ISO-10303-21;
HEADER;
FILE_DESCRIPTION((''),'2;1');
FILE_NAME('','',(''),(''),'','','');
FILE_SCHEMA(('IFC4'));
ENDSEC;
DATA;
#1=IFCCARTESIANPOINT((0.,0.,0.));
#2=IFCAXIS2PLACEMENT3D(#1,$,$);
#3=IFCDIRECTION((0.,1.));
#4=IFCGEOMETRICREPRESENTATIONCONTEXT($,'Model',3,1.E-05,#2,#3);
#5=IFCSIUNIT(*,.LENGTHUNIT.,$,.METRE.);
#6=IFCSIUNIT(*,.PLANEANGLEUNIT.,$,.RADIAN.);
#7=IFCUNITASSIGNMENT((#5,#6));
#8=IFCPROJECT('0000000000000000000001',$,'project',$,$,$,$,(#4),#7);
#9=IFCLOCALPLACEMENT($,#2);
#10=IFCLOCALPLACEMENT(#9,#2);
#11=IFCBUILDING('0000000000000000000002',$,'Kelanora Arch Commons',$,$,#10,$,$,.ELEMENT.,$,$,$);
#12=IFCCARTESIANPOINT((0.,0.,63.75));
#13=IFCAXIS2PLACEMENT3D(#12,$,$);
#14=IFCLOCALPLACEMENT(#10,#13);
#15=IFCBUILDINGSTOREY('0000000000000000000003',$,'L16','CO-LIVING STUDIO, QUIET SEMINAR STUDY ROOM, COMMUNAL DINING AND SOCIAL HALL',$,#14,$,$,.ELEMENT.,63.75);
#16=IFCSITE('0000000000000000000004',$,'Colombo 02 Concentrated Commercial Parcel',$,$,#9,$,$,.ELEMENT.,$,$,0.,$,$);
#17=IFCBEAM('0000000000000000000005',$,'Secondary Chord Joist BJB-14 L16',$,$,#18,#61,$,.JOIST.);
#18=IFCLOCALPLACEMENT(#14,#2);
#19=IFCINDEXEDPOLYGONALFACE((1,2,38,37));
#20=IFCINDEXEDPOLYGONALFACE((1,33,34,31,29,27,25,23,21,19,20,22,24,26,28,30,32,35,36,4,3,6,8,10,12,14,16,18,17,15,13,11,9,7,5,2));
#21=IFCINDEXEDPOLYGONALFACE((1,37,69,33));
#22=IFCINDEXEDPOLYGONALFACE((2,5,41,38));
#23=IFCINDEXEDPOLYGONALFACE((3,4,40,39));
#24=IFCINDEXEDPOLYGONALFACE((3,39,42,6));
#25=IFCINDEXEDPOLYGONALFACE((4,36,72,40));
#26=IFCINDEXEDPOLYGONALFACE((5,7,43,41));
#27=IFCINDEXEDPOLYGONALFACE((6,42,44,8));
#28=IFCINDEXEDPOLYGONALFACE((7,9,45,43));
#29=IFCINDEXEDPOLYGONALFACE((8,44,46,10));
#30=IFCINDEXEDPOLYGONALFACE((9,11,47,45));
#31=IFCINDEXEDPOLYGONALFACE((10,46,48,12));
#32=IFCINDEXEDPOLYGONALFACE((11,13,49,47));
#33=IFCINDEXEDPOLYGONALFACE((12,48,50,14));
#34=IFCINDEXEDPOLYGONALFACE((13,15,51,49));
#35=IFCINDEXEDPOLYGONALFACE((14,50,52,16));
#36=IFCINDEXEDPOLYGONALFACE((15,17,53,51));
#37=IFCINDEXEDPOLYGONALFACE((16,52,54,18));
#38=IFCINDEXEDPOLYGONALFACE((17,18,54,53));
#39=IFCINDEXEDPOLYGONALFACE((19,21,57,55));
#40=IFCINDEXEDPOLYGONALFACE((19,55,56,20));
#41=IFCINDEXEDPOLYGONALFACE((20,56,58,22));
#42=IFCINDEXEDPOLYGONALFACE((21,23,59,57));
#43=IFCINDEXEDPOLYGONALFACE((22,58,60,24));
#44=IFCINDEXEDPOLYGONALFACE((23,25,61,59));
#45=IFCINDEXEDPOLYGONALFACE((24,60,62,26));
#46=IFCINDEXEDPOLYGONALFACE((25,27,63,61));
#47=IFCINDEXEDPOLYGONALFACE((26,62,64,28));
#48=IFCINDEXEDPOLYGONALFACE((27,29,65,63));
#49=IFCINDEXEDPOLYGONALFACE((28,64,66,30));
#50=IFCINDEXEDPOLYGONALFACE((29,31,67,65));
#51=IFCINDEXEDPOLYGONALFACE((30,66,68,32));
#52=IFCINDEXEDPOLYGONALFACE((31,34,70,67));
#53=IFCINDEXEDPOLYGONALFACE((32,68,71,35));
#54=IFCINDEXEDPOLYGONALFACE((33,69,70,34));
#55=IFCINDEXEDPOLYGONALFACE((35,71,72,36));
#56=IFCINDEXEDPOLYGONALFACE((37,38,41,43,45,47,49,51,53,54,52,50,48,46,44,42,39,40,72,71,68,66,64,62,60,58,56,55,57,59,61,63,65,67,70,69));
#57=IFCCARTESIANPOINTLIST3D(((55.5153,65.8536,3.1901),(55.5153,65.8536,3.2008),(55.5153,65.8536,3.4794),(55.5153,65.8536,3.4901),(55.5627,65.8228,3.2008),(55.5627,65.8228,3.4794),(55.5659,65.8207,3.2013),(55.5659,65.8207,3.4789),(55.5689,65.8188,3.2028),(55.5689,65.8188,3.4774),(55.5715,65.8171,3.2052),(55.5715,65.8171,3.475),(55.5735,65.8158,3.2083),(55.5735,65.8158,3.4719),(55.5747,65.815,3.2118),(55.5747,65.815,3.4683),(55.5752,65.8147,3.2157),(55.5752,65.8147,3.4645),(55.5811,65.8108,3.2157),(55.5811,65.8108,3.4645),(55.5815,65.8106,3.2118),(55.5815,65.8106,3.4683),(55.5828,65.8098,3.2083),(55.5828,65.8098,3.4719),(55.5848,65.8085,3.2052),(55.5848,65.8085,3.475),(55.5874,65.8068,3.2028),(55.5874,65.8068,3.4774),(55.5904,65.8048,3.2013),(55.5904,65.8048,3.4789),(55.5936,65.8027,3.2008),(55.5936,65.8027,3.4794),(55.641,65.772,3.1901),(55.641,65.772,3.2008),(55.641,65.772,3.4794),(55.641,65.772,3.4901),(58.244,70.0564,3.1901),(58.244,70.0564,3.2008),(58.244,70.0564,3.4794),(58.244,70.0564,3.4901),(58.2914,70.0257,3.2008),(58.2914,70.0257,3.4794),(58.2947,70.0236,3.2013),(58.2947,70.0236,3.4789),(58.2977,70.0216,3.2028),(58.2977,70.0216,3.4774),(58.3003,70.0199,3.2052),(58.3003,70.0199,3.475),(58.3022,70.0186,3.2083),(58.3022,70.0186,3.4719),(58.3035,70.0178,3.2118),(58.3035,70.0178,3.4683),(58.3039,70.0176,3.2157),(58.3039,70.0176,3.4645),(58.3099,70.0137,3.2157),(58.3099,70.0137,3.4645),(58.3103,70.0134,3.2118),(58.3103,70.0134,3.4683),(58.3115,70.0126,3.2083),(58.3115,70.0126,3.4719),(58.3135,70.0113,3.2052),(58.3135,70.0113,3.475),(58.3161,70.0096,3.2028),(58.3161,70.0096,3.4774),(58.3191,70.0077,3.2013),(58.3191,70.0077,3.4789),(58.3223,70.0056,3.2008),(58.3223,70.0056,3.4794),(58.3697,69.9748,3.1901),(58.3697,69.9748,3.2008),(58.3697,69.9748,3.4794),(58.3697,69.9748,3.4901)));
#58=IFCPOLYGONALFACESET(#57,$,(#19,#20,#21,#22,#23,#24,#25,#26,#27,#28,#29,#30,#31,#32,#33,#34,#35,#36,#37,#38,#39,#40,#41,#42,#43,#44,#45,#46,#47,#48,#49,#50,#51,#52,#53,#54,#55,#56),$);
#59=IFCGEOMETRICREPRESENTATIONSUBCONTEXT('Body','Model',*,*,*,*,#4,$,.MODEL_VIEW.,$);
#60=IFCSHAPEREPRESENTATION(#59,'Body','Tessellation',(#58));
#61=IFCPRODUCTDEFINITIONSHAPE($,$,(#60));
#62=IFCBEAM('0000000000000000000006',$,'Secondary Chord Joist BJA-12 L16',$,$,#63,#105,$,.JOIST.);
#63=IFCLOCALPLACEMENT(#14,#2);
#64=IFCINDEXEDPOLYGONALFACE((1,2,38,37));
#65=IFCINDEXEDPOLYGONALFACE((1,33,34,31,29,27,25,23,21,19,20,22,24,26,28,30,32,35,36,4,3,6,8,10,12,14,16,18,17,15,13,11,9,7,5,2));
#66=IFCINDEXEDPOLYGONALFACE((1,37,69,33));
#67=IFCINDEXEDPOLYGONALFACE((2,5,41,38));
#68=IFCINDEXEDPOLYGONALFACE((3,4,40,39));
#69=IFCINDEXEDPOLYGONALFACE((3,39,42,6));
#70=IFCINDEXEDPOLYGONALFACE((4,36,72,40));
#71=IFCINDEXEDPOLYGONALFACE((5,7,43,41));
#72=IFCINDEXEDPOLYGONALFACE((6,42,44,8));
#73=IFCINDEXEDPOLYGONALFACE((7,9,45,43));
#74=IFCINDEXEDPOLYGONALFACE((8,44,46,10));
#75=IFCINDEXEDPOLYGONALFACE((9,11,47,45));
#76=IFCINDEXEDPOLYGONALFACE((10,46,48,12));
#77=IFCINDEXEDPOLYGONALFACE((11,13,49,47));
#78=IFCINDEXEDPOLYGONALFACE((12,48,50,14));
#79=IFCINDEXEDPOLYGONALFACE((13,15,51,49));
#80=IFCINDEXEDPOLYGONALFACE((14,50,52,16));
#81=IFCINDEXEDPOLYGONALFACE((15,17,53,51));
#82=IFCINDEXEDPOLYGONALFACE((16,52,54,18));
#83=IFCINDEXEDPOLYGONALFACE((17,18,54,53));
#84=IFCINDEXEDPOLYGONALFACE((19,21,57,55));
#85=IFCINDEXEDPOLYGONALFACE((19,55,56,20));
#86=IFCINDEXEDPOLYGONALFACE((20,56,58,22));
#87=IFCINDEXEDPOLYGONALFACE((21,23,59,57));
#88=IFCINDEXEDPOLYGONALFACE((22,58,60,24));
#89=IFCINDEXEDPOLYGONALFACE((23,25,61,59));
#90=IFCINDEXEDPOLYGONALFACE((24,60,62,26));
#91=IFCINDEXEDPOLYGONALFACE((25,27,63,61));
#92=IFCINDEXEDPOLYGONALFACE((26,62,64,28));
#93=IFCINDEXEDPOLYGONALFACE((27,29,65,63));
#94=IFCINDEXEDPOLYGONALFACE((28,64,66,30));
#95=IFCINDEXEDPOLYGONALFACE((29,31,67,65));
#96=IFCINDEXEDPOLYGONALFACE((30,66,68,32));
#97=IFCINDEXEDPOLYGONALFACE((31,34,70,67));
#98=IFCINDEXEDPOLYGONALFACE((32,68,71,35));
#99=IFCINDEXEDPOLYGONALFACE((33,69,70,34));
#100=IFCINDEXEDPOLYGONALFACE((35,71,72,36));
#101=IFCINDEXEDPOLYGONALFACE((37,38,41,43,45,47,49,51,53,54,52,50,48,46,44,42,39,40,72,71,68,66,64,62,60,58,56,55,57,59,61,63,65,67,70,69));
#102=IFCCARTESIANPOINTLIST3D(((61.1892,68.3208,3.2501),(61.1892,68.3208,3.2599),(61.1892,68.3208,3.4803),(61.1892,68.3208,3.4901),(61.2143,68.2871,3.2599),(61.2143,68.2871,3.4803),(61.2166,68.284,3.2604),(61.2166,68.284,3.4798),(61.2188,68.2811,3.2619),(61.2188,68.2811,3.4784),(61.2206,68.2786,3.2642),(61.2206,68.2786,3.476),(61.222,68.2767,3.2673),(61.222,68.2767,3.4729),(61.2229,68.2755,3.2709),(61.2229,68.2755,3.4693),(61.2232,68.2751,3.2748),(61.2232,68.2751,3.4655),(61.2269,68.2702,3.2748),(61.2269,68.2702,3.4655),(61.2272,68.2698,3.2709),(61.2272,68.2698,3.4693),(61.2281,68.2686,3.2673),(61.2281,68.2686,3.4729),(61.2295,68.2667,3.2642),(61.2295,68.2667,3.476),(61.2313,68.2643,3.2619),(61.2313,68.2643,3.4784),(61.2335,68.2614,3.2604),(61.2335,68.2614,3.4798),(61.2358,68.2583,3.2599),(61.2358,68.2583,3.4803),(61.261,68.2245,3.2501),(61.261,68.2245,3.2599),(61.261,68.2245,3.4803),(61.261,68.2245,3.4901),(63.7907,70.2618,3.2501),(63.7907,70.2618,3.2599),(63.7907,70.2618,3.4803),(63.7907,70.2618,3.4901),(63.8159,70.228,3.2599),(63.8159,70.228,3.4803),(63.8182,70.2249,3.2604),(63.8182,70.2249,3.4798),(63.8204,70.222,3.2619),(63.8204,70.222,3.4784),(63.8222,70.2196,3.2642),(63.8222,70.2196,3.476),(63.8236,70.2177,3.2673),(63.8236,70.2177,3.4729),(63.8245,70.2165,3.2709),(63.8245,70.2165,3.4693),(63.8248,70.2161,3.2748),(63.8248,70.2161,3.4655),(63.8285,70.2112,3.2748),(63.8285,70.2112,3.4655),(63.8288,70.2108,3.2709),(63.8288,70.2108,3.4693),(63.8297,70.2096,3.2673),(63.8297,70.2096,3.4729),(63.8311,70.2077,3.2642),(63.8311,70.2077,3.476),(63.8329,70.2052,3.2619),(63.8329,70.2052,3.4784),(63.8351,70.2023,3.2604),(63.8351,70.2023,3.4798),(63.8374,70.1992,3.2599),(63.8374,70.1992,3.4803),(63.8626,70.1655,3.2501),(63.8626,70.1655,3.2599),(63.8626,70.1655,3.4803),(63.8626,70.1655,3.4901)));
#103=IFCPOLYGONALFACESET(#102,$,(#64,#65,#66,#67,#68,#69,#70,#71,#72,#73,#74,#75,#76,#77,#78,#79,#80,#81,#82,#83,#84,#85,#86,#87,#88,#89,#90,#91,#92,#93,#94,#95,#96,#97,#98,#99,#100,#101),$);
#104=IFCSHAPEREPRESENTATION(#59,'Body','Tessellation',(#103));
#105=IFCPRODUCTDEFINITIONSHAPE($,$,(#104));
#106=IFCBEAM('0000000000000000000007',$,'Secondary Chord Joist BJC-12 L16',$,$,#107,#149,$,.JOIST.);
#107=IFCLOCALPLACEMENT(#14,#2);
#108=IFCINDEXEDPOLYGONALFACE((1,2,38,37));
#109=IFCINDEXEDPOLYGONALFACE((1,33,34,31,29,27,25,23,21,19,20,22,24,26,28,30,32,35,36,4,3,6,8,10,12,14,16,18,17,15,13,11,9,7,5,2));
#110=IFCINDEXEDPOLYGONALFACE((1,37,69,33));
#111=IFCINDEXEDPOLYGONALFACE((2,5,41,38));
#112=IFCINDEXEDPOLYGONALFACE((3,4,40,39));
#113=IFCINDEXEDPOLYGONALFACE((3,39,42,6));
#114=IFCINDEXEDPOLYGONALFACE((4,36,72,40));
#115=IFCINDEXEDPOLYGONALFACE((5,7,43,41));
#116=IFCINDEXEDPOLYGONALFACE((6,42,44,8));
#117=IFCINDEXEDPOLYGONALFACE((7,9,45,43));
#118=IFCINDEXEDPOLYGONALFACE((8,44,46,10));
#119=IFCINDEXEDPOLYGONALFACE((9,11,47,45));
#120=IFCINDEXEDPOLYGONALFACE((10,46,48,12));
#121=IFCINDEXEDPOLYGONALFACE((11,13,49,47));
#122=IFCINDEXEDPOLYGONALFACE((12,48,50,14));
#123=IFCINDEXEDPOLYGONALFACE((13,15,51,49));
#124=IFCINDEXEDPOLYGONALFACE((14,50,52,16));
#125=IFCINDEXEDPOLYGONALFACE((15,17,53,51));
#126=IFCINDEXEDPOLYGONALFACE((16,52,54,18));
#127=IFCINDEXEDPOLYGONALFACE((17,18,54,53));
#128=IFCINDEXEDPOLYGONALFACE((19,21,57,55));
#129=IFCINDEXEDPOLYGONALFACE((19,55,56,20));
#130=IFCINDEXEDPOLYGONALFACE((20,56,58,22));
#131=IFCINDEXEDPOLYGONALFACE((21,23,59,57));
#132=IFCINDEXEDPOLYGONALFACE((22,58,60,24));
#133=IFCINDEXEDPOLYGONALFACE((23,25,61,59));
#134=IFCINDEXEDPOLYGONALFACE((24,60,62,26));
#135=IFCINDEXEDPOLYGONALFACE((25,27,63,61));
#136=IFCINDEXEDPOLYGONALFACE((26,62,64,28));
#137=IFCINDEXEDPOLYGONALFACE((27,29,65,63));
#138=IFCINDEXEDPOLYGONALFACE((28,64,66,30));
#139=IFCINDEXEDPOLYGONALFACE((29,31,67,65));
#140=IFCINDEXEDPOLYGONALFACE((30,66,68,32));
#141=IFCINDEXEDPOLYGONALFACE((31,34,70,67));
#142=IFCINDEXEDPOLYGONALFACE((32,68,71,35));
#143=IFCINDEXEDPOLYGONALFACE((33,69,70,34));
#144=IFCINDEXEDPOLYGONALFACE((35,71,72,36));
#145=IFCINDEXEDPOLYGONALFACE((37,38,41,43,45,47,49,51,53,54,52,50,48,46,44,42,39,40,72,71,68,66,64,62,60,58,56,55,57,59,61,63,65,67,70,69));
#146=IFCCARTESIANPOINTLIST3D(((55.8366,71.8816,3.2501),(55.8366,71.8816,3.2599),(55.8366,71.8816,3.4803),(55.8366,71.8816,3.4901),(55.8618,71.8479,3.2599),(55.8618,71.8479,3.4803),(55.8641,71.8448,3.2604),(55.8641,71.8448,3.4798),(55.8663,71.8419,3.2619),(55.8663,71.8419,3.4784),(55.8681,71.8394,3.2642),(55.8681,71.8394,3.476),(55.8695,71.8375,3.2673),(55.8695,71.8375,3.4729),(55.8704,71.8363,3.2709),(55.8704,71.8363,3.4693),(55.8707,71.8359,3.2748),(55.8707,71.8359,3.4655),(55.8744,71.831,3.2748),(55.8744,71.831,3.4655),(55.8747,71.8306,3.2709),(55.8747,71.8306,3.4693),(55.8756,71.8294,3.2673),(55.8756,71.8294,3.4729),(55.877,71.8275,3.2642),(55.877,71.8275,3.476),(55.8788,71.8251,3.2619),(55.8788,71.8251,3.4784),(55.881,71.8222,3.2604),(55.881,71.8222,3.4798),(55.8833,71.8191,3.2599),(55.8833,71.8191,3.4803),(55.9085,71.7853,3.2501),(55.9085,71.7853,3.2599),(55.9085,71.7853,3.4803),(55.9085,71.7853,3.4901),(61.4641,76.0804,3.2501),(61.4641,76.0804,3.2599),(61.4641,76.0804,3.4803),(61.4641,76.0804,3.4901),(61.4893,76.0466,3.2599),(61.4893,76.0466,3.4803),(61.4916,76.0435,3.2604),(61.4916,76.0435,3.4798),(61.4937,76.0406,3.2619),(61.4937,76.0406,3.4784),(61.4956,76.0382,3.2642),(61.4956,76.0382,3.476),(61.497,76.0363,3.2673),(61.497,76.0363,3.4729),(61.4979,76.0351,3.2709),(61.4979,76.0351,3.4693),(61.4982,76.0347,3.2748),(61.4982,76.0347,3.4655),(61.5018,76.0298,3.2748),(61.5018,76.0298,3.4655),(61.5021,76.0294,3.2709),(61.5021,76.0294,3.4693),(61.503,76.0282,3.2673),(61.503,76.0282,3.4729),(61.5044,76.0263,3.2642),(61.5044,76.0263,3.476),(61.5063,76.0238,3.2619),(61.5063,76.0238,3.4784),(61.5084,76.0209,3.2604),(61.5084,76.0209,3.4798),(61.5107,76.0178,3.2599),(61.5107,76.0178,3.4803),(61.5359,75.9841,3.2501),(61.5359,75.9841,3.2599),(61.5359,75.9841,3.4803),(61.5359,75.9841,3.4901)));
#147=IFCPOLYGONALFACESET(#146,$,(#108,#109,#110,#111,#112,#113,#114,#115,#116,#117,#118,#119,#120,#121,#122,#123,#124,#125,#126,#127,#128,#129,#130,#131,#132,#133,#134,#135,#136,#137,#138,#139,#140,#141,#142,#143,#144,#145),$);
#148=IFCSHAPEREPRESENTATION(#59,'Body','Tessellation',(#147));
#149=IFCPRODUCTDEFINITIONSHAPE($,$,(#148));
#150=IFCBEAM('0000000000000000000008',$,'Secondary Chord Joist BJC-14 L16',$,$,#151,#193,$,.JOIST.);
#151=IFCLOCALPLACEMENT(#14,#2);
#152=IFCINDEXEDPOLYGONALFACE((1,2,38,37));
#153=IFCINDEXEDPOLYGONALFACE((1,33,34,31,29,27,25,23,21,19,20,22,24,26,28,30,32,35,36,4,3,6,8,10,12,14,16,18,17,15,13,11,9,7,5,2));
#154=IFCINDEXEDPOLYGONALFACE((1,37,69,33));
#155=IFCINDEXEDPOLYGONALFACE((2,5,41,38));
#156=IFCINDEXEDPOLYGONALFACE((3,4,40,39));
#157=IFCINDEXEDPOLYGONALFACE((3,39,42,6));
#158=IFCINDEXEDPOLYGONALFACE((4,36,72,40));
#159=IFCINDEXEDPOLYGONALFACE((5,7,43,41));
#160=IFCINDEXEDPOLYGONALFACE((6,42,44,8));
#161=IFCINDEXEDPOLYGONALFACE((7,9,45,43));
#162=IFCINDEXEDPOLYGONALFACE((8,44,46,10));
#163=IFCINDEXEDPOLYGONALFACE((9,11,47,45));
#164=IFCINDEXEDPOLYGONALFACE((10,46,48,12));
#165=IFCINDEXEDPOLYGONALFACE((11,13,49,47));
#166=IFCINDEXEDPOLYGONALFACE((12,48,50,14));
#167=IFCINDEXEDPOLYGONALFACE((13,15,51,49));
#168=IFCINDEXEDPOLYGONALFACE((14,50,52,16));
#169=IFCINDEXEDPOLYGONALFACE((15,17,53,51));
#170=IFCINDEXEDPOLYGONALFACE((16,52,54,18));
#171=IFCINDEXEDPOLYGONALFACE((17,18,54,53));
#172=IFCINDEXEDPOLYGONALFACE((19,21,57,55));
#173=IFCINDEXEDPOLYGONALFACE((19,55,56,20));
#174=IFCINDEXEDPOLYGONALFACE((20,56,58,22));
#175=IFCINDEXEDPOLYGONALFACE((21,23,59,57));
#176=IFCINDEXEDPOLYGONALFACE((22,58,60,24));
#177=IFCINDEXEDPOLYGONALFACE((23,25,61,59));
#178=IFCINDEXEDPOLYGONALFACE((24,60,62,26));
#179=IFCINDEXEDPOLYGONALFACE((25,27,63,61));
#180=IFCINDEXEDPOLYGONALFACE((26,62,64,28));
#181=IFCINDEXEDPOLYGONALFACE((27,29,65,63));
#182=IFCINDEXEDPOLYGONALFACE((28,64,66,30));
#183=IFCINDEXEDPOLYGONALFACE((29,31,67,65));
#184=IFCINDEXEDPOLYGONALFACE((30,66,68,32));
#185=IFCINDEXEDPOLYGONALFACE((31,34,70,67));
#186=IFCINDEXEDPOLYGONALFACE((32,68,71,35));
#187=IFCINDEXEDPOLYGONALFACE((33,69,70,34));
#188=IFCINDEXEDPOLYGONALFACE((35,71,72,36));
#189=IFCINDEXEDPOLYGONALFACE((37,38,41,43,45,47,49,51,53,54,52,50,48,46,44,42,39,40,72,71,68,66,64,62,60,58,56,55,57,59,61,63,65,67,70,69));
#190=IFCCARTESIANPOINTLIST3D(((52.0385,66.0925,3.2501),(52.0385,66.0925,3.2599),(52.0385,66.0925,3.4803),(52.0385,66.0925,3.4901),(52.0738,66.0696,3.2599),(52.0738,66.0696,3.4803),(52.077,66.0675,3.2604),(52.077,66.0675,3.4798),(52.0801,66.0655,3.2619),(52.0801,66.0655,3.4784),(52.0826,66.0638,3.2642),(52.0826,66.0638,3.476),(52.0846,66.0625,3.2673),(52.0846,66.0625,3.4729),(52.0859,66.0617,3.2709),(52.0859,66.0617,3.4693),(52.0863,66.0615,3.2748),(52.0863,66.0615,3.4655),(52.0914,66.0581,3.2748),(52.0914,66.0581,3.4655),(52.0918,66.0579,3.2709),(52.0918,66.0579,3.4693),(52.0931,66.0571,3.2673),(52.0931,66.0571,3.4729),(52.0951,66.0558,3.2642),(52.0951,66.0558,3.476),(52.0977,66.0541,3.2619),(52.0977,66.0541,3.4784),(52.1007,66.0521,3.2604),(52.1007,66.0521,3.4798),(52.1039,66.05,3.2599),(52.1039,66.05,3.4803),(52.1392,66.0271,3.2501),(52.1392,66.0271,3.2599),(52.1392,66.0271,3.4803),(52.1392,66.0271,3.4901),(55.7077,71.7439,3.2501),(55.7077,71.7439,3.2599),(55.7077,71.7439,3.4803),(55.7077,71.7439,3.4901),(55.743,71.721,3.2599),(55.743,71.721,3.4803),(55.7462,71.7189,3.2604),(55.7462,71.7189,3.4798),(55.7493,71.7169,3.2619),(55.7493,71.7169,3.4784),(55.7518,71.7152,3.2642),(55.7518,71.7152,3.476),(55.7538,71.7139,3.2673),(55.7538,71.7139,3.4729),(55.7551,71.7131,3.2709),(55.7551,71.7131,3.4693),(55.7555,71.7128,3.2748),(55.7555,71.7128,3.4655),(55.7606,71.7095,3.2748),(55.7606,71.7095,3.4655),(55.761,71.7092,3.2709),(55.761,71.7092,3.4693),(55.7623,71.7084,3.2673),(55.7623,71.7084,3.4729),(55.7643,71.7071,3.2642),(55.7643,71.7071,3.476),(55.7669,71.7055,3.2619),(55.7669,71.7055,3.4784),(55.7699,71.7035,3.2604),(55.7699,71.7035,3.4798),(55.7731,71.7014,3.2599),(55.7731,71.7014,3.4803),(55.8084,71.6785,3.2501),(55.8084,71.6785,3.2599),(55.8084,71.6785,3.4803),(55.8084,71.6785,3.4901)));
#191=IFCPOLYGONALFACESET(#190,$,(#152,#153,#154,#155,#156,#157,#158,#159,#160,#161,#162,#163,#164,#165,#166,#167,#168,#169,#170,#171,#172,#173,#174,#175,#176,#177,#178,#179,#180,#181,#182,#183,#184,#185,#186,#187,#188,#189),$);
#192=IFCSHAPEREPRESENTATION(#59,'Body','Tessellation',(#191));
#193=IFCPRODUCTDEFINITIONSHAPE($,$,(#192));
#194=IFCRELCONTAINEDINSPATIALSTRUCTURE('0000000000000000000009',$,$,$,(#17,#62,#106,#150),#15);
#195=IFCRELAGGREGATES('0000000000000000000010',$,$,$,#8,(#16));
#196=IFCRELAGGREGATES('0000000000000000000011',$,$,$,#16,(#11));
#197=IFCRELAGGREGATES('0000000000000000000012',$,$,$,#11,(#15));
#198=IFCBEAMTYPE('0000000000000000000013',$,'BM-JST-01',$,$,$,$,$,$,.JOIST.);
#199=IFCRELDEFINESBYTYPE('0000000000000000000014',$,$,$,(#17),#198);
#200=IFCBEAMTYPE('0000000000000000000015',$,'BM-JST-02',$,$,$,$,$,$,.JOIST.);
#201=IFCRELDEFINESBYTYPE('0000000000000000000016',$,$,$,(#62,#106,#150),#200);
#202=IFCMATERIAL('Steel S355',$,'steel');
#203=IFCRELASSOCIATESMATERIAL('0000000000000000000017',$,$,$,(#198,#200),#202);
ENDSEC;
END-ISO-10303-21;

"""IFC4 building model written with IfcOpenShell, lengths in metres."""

from ifc_helpers import new_model, si_unit, direction, frame, origin, origin_2d, place, context, subcontext, project, spatial, i_section, extrude, material, material_profile, profile_set, type_object, element, save


model = new_model("IFC4")

# Units and contexts
model_context = context("Model", 3, precision=1e-05, world=origin(), true_north=direction((0.0, 1.0)))
body_context = subcontext(model_context, "Body", "Model", "MODEL_VIEW")
ifc_project = project(units=[si_unit("LENGTHUNIT", "METRE"), si_unit("PLANEANGLEUNIT", "RADIAN")], contexts=[model_context])

# Site, building, storey
site_placement = place(None, origin())
site = spatial("IfcSite", under=ifc_project, at=site_placement, Name="Colombo 02 Concentrated Commercial Parcel", CompositionType="ELEMENT", RefElevation=0.0)
building_placement = place(site_placement, origin())
building = spatial("IfcBuilding", under=site, at=building_placement, Name="Kelanora Arch Commons", CompositionType="ELEMENT")
storey_placement = place(building_placement, frame((0.0, 0.0, 63.75)))
storey = spatial("IfcBuildingStorey", under=building, at=storey_placement, Name="L16", Description="CO-LIVING STUDIO, QUIET SEMINAR STUDY ROOM, COMMUNAL DINING AND SOCIAL HALL", CompositionType="ELEMENT", Elevation=63.75)

# Beams
ifc_material_1 = material(Name="Steel S355", Category="steel")
ifc_material_profile_1 = material_profile(ifc_material_1, i_section(OverallWidth=0.1499, OverallDepth=0.3, WebThickness=0.0071, FlangeThickness=0.0107, FilletRadius=0.0149, at=origin_2d()), Name="IPE300")
ifc_profile_set_1 = profile_set([ifc_material_profile_1], Name="Steel S355")
beam_type_1 = type_object("IfcBeamType", Name="BM-JST-01", PredefinedType="JOIST", material=ifc_profile_set_1)
beam_1_placement = place(storey_placement, frame((58.3069, 70.0156, 3.3401), z_axis=(-0.544552, -0.838727, 0.0), x_axis=(0.838727, -0.544552, 0.0)))
element("IfcBeam", 1, at=beam_1_placement, inside=storey, type_object=beam_type_1, Name="Secondary Chord Joist BJB-14 L16", PredefinedType="JOIST", context=body_context, shape_type="SweptSolid", body=[
    extrude(i_section(OverallWidth=0.1499, OverallDepth=0.3, WebThickness=0.0071, FlangeThickness=0.0107, FilletRadius=0.0149, at=origin_2d()), origin(), (0.0, 0.0, 1.0), 5.011),
])
ifc_material_profile_2 = material_profile(ifc_material_1, i_section(OverallWidth=0.1201, OverallDepth=0.24, WebThickness=0.0061, FlangeThickness=0.0098, FilletRadius=0.0149, at=origin_2d()), Name="IPE240")
ifc_profile_set_2 = profile_set([ifc_material_profile_2], Name="Steel S355")
beam_type_2 = type_object("IfcBeamType", Name="BM-JST-02", PredefinedType="JOIST", material=ifc_profile_set_2)
beam_2_placement = place(storey_placement, frame((63.8267, 70.2136, 3.3701), z_axis=(-0.801514, -0.597976, 0.0), x_axis=(0.597976, -0.801514, 0.0)))
element("IfcBeam", 2, at=beam_2_placement, inside=storey, type_object=beam_type_2, Name="Secondary Chord Joist BJA-12 L16", PredefinedType="JOIST", context=body_context, shape_type="SweptSolid", body=[
    extrude(i_section(OverallWidth=0.1201, OverallDepth=0.24, WebThickness=0.0061, FlangeThickness=0.0098, FilletRadius=0.0149, at=origin_2d()), origin(), (0.0, 0.0, 1.0), 3.2458),
])
beam_3_placement = place(storey_placement, frame((61.5, 76.0322, 3.3701), z_axis=(-0.801491, -0.598006, 0.0), x_axis=(0.598006, -0.801491, 0.0)))
element("IfcBeam", 3, at=beam_3_placement, inside=storey, type_object=beam_type_2, Name="Secondary Chord Joist BJC-12 L16", PredefinedType="JOIST", context=body_context, shape_type="SweptSolid", body=[
    extrude(i_section(OverallWidth=0.1201, OverallDepth=0.24, WebThickness=0.0061, FlangeThickness=0.0098, FilletRadius=0.0149, at=origin_2d()), origin(), (0.0, 0.0, 1.0), 7.0212),
])
beam_4_placement = place(storey_placement, frame((55.7581, 71.7112, 3.3701), z_axis=(-0.54455, -0.838728, 0.0), x_axis=(0.838728, -0.54455, 0.0)))
element("IfcBeam", 4, at=beam_4_placement, inside=storey, type_object=beam_type_2, Name="Secondary Chord Joist BJC-14 L16", PredefinedType="JOIST", context=body_context, shape_type="SweptSolid", body=[
    extrude(i_section(OverallWidth=0.1201, OverallDepth=0.24, WebThickness=0.0061, FlangeThickness=0.0098, FilletRadius=0.0149, at=origin_2d()), origin(), (0.0, 0.0, 1.0), 6.738),
])

save(model, "model.ifc")
